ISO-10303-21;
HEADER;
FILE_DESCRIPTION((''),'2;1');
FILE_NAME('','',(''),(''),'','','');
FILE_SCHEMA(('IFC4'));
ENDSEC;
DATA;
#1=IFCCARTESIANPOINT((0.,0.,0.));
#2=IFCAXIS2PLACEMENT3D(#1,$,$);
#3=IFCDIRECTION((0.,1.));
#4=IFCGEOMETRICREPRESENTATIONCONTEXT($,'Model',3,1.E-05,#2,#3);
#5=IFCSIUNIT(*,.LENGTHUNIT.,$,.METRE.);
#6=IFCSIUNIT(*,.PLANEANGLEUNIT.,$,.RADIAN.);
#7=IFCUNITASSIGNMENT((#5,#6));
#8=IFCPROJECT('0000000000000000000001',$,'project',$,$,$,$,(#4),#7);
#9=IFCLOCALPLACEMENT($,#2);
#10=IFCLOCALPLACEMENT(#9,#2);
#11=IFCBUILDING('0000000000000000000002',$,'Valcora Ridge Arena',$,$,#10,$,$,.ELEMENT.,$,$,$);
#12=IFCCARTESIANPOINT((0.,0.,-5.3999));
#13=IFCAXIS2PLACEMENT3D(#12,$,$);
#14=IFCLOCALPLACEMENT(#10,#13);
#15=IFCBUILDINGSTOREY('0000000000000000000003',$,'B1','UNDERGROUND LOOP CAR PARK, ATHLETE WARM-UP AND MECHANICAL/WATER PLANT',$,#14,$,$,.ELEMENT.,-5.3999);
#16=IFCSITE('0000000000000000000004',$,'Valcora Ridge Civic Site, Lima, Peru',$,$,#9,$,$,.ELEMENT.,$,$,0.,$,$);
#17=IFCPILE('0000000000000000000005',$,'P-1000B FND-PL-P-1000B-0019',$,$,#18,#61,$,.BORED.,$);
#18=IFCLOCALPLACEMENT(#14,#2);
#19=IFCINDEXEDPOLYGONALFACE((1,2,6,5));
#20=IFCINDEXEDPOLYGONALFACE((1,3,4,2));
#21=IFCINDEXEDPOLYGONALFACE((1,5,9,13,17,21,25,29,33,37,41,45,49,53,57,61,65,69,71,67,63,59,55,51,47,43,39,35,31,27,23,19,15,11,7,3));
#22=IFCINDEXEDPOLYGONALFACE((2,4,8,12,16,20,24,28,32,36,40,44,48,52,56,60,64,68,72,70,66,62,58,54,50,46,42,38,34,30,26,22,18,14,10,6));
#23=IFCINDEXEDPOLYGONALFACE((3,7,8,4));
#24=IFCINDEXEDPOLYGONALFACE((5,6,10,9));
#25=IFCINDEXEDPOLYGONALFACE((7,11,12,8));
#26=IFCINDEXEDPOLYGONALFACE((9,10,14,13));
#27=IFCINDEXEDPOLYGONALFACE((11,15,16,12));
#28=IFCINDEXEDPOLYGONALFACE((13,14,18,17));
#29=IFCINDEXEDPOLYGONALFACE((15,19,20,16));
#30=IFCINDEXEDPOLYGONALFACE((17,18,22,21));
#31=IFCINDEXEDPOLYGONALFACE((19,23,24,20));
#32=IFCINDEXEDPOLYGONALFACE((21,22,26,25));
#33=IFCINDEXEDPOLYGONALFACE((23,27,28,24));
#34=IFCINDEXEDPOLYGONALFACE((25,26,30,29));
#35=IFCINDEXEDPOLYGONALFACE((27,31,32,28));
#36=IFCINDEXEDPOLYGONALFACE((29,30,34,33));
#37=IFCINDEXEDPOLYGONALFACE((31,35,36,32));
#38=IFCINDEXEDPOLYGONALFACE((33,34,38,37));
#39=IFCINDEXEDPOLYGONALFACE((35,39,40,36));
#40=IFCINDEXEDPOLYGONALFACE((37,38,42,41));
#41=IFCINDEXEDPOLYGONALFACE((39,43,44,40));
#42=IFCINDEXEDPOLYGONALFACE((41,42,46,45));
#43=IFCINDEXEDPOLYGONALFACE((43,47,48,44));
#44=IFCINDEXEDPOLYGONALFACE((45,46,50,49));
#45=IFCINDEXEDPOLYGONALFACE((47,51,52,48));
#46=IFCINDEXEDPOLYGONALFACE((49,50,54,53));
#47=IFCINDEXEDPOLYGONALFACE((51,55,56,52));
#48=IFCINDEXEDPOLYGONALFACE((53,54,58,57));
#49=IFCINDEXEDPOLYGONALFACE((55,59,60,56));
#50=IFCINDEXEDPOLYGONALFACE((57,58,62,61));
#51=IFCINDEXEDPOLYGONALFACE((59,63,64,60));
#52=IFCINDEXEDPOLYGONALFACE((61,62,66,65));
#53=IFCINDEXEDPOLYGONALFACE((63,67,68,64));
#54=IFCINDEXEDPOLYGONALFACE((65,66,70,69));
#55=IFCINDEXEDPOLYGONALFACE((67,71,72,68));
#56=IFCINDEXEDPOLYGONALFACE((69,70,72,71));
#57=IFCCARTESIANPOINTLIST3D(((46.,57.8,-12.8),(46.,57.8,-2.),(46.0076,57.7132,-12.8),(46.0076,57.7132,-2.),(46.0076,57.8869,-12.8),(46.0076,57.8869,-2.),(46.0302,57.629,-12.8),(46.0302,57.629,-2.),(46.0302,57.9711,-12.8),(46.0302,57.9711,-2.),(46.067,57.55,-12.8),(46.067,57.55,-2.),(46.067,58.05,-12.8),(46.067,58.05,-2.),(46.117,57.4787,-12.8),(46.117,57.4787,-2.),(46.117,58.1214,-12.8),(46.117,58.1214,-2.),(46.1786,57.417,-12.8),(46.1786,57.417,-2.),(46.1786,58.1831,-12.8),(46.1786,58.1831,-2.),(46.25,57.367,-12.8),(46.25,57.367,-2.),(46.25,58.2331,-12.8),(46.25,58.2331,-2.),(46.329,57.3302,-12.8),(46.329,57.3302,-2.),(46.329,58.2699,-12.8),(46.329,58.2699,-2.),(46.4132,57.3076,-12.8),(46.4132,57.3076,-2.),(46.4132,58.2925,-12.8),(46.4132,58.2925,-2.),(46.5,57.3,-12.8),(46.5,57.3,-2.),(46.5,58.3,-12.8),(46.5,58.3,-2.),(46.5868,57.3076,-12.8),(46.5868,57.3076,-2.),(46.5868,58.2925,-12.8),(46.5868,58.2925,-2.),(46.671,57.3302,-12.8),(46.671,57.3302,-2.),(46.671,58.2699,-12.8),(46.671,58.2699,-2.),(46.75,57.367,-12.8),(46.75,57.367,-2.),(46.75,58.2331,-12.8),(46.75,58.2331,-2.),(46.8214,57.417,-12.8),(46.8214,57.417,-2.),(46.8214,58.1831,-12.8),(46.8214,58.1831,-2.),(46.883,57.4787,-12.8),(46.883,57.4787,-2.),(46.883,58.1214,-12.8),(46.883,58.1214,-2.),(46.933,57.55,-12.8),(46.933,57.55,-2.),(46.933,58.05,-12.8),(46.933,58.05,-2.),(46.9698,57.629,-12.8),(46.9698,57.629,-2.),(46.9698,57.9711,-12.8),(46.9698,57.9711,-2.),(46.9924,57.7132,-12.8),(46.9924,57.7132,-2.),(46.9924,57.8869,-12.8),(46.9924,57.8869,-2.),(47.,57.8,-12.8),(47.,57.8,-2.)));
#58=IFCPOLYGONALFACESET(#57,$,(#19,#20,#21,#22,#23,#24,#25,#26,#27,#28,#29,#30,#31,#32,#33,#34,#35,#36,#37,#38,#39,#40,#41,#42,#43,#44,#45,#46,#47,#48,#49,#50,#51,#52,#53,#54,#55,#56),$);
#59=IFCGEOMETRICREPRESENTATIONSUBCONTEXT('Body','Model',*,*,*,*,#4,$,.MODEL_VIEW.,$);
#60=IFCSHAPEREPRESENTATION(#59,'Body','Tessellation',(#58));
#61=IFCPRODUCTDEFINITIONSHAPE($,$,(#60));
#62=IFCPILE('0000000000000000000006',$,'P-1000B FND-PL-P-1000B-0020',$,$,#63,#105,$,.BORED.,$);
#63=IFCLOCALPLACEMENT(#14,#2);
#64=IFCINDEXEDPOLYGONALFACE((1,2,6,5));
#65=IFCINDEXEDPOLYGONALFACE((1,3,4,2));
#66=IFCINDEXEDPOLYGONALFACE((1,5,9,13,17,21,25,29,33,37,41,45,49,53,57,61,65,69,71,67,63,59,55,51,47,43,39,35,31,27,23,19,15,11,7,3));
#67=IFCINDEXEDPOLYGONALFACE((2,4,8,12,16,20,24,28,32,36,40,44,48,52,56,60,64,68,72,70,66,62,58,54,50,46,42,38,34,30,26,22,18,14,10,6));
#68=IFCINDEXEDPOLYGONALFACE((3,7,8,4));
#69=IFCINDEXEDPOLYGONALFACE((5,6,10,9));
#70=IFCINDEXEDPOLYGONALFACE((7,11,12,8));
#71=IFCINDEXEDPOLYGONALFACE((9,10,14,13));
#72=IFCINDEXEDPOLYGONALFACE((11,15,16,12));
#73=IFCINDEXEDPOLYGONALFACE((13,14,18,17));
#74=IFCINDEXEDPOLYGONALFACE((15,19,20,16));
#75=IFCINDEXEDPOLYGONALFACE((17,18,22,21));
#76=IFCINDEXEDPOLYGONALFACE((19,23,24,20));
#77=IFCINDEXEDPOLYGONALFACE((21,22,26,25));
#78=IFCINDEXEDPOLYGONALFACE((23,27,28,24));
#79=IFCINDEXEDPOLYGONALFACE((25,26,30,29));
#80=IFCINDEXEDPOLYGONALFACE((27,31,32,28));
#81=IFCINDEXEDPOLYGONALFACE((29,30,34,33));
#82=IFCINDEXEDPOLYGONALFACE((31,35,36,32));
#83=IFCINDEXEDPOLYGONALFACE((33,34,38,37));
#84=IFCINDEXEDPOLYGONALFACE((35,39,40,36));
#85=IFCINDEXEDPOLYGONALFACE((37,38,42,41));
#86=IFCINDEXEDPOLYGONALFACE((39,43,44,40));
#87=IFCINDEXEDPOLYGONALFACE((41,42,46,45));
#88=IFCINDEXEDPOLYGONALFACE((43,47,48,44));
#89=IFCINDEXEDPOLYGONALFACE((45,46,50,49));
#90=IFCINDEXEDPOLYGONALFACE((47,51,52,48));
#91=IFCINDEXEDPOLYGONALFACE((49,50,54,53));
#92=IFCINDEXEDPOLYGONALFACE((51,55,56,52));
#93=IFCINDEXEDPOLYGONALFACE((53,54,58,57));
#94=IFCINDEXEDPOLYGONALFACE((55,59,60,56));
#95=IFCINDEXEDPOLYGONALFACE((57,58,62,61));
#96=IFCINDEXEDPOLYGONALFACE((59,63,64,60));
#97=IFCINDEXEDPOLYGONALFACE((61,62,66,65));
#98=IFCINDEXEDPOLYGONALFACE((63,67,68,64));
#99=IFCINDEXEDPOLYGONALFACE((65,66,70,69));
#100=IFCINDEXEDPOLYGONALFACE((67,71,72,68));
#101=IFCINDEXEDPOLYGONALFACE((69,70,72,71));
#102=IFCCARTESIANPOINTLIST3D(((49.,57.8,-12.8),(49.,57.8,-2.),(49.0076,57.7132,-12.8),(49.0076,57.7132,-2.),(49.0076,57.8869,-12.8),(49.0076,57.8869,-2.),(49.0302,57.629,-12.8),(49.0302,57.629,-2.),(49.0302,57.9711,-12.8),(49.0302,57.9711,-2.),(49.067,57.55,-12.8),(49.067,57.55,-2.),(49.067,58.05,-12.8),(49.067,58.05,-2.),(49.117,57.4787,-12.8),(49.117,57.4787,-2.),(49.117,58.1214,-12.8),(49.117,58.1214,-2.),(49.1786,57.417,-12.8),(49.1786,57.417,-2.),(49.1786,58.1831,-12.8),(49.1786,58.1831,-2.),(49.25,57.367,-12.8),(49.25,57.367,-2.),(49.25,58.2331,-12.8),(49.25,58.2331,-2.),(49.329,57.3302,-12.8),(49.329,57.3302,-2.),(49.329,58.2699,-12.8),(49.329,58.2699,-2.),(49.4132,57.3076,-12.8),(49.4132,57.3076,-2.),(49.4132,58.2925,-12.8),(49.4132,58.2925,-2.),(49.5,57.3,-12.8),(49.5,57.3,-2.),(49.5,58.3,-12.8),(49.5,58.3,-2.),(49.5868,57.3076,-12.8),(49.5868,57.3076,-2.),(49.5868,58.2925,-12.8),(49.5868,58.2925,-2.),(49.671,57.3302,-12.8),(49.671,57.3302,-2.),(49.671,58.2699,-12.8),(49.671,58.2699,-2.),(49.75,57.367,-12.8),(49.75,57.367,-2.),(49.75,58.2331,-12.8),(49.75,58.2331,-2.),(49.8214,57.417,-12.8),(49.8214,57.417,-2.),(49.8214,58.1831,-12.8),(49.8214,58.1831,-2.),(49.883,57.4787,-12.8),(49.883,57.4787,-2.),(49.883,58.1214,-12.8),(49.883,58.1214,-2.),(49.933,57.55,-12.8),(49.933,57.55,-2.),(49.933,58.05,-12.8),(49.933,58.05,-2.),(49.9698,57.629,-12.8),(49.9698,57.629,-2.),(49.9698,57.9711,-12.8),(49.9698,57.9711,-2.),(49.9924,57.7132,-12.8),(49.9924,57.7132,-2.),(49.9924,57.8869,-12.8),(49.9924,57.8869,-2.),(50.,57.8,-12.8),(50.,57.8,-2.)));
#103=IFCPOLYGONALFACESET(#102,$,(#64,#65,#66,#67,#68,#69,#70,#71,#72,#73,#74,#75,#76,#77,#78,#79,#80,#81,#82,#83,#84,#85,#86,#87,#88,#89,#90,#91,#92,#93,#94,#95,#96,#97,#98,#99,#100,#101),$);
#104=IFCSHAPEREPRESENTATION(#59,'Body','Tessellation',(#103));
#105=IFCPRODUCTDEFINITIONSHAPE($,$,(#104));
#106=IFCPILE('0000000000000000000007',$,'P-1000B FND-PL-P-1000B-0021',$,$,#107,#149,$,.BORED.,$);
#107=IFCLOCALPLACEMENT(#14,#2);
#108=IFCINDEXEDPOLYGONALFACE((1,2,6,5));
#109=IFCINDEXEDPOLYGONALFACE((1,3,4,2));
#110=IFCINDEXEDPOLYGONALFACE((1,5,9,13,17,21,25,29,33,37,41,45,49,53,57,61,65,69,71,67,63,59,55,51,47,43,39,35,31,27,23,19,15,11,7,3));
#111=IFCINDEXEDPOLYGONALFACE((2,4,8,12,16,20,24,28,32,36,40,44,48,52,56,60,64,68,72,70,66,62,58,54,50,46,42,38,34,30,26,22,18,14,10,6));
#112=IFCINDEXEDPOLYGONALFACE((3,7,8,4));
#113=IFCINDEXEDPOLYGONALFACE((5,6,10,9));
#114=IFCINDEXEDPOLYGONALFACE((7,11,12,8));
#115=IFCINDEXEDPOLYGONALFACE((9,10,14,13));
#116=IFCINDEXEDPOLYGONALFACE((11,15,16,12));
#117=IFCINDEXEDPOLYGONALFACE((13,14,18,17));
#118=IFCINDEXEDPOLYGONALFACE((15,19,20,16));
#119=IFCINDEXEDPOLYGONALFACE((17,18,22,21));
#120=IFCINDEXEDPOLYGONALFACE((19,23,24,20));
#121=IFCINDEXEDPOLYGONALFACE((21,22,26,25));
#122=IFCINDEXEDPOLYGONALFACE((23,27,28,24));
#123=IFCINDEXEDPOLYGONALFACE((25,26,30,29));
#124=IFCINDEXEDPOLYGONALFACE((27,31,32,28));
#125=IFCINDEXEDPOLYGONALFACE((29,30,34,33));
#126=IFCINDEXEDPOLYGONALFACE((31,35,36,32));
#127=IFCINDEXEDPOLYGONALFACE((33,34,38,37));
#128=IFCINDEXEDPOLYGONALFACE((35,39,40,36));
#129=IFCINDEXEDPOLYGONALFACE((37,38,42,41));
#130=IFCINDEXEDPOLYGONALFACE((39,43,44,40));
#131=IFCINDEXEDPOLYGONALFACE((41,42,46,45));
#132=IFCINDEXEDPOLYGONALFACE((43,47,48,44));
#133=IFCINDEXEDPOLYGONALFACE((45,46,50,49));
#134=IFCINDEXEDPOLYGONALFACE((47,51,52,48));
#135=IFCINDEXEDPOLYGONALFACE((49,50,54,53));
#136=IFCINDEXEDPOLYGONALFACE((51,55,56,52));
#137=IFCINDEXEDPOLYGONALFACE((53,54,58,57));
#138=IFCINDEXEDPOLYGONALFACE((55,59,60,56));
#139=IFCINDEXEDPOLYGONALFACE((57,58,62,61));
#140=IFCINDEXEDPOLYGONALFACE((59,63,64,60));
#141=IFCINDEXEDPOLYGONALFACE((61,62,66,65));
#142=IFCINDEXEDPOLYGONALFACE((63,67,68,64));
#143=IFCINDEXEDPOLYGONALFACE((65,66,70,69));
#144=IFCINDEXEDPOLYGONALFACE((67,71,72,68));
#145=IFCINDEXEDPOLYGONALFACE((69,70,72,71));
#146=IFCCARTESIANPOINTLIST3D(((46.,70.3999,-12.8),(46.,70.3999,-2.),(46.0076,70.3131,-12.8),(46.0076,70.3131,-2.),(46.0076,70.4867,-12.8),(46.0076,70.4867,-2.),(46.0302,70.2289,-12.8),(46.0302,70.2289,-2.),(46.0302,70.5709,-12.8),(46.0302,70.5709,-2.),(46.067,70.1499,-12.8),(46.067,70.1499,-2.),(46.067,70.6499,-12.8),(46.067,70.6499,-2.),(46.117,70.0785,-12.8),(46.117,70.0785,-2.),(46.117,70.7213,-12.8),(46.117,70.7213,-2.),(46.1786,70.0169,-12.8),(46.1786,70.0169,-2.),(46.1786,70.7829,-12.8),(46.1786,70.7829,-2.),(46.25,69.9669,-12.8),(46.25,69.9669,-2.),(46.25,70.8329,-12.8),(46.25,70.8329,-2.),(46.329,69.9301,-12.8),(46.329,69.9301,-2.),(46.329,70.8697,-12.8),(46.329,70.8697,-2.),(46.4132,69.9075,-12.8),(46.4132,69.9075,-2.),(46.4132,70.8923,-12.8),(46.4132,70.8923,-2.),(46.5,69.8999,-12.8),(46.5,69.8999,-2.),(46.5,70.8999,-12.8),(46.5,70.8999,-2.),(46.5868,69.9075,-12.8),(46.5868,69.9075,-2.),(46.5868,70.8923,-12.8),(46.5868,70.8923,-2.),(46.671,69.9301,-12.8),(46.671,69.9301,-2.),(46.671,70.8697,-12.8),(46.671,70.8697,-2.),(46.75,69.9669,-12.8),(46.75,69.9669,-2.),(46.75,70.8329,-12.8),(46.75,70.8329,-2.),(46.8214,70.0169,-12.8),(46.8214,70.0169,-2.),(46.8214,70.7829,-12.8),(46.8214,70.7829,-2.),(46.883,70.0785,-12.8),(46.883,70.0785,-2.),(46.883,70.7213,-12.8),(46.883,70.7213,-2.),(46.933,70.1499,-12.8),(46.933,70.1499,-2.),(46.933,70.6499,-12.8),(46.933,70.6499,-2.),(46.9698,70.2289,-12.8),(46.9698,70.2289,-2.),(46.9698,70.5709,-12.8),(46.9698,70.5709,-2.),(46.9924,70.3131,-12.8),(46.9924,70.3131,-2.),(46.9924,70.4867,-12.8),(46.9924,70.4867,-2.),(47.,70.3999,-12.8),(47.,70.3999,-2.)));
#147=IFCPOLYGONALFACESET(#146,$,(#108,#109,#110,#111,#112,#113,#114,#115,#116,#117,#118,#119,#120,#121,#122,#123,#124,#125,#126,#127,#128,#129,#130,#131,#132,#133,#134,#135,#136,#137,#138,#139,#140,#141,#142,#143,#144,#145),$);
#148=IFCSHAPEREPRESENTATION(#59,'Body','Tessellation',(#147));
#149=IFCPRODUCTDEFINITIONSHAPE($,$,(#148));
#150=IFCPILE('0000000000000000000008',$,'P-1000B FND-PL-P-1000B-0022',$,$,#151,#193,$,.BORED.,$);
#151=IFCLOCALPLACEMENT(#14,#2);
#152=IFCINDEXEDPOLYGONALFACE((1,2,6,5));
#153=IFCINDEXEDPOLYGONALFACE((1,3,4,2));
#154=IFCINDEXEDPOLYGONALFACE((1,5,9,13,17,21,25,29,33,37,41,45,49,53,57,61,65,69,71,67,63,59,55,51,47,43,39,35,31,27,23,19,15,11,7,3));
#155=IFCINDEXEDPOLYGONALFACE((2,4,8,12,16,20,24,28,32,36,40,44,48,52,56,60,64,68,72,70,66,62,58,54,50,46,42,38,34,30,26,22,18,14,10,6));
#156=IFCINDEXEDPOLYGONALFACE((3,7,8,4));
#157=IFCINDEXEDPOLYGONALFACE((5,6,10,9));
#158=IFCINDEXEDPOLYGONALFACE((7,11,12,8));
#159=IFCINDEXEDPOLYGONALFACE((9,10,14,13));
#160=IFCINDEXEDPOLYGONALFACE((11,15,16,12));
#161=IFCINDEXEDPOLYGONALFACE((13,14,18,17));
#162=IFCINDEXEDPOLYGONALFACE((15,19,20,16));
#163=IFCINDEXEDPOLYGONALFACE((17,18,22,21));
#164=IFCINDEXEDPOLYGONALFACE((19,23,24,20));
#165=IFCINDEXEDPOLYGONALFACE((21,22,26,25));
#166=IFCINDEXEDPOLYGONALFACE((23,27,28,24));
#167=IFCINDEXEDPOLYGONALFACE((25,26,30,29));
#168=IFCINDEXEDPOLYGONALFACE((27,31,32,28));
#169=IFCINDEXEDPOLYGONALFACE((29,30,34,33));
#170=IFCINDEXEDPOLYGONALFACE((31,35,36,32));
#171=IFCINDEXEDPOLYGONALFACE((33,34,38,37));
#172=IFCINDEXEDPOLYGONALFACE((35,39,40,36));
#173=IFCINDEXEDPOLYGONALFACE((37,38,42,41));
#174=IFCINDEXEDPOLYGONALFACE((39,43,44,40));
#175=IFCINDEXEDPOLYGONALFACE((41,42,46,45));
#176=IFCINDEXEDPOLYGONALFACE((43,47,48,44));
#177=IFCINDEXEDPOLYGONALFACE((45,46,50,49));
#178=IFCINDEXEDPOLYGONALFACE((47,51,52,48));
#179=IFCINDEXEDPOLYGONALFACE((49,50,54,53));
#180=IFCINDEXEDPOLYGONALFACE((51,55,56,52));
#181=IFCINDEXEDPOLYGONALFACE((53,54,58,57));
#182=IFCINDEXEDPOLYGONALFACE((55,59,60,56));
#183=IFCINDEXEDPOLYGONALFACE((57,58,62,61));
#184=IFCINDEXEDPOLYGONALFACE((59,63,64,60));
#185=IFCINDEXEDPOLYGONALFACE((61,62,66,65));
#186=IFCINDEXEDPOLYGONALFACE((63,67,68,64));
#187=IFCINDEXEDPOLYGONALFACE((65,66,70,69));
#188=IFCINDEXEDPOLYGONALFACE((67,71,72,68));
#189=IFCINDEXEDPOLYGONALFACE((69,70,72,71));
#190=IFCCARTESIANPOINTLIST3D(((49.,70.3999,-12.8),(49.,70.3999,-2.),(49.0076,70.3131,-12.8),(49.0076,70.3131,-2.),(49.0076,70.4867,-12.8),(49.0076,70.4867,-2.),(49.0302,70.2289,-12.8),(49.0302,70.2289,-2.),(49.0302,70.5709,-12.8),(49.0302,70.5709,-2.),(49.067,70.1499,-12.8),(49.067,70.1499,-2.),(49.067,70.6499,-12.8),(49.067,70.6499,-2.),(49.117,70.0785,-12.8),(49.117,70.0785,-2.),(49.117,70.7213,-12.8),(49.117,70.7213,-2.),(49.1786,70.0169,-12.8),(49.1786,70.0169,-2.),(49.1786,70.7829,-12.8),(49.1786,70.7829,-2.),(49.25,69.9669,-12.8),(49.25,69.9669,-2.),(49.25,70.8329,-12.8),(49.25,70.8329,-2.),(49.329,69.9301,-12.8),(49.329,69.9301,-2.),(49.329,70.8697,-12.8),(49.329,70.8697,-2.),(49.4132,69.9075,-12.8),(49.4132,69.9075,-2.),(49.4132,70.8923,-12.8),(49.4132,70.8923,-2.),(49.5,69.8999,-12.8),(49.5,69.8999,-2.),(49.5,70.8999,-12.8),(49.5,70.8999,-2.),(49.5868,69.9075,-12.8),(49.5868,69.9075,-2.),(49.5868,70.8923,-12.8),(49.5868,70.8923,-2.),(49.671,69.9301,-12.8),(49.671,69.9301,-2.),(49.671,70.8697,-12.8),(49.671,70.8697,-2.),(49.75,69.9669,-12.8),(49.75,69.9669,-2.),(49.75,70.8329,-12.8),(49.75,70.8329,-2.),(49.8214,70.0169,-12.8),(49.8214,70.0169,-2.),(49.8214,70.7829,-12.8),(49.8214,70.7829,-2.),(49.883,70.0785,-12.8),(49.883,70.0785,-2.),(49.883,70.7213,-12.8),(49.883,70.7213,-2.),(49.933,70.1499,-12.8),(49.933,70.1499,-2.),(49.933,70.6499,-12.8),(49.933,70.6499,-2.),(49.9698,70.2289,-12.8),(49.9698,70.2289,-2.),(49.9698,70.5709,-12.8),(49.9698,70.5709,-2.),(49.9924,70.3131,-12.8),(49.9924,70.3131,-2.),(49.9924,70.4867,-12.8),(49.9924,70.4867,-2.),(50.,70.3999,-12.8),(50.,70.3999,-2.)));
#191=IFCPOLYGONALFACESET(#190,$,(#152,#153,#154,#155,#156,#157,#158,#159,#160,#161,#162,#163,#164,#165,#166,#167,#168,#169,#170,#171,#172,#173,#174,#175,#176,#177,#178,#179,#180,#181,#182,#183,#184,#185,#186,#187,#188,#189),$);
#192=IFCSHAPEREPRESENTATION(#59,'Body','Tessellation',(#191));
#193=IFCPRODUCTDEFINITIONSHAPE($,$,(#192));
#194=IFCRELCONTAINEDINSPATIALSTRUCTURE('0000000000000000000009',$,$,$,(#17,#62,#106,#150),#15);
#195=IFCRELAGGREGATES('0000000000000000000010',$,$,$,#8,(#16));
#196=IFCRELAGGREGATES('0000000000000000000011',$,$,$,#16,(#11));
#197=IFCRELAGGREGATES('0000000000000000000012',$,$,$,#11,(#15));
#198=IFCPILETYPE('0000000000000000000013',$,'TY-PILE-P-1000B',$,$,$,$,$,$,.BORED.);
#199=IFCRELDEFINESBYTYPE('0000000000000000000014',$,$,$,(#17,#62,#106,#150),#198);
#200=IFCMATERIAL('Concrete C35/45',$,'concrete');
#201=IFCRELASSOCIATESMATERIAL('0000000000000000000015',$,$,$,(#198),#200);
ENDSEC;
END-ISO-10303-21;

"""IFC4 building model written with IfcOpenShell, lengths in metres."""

from ifc_helpers import new_model, si_unit, direction, frame, origin, origin_2d, place, context, subcontext, project, spatial, circle, extrude, material, material_profile, profile_set, type_object, element, save


model = new_model("IFC4")

# Units and contexts
model_context = context("Model", 3, precision=1e-05, world=origin(), true_north=direction((0.0, 1.0)))
body_context = subcontext(model_context, "Body", "Model", "MODEL_VIEW")
ifc_project = project(units=[si_unit("LENGTHUNIT", "METRE"), si_unit("PLANEANGLEUNIT", "RADIAN")], contexts=[model_context])

# Site, building, storey
site_placement = place(None, origin())
site = spatial("IfcSite", under=ifc_project, at=site_placement, Name="Valcora Ridge Civic Site, Lima, Peru", CompositionType="ELEMENT", RefElevation=0.0)
building_placement = place(site_placement, origin())
building = spatial("IfcBuilding", under=site, at=building_placement, Name="Valcora Ridge Arena", CompositionType="ELEMENT")
storey_placement = place(building_placement, frame((0.0, 0.0, -5.3999)))
storey = spatial("IfcBuildingStorey", under=building, at=storey_placement, Name="B1", Description="UNDERGROUND LOOP CAR PARK, ATHLETE WARM-UP AND MECHANICAL/WATER PLANT", CompositionType="ELEMENT", Elevation=-5.3999)

# Piles
ifc_material_1 = material(Name="Concrete C35/45", Category="concrete")
ifc_material_profile_1 = material_profile(ifc_material_1, circle(Radius=0.5, at=origin_2d()), Name="BORED PILE D1000")
ifc_profile_set_1 = profile_set([ifc_material_profile_1], Name="Concrete C35/45")
pile_type = type_object("IfcPileType", Name="TY-PILE-P-1000B", PredefinedType="BORED", material=ifc_profile_set_1)
for number, where, z_axis, x_axis, name in (
    (1, (46.5, 57.8, -2.0), (0.0, 0.0, -1.0), (1.0, 0.0, 0.0), "P-1000B FND-PL-P-1000B-0019"),
    (2, (49.5, 57.8, -2.0), (0.0, 0.0, -1.0), (1.0, 0.0, 0.0), "P-1000B FND-PL-P-1000B-0020"),
    (3, (46.5, 70.3999, -2.0), (0.0, 0.0, -1.0), (1.0, 0.0, 0.0), "P-1000B FND-PL-P-1000B-0021"),
    (4, (49.5, 70.3999, -2.0), (0.0, 0.0, -1.0), (1.0, 0.0, 0.0), "P-1000B FND-PL-P-1000B-0022"),
):
    element("IfcPile", number, at=place(storey_placement, frame(where, z_axis=z_axis, x_axis=x_axis)), inside=storey, type_object=pile_type, Name=name, PredefinedType="BORED", context=body_context, shape_type="SweptSolid", body=[
        extrude(circle(Radius=0.5, at=origin_2d()), origin(), (0.0, 0.0, 1.0), 10.8),
    ])

save(model, "model.ifc")
